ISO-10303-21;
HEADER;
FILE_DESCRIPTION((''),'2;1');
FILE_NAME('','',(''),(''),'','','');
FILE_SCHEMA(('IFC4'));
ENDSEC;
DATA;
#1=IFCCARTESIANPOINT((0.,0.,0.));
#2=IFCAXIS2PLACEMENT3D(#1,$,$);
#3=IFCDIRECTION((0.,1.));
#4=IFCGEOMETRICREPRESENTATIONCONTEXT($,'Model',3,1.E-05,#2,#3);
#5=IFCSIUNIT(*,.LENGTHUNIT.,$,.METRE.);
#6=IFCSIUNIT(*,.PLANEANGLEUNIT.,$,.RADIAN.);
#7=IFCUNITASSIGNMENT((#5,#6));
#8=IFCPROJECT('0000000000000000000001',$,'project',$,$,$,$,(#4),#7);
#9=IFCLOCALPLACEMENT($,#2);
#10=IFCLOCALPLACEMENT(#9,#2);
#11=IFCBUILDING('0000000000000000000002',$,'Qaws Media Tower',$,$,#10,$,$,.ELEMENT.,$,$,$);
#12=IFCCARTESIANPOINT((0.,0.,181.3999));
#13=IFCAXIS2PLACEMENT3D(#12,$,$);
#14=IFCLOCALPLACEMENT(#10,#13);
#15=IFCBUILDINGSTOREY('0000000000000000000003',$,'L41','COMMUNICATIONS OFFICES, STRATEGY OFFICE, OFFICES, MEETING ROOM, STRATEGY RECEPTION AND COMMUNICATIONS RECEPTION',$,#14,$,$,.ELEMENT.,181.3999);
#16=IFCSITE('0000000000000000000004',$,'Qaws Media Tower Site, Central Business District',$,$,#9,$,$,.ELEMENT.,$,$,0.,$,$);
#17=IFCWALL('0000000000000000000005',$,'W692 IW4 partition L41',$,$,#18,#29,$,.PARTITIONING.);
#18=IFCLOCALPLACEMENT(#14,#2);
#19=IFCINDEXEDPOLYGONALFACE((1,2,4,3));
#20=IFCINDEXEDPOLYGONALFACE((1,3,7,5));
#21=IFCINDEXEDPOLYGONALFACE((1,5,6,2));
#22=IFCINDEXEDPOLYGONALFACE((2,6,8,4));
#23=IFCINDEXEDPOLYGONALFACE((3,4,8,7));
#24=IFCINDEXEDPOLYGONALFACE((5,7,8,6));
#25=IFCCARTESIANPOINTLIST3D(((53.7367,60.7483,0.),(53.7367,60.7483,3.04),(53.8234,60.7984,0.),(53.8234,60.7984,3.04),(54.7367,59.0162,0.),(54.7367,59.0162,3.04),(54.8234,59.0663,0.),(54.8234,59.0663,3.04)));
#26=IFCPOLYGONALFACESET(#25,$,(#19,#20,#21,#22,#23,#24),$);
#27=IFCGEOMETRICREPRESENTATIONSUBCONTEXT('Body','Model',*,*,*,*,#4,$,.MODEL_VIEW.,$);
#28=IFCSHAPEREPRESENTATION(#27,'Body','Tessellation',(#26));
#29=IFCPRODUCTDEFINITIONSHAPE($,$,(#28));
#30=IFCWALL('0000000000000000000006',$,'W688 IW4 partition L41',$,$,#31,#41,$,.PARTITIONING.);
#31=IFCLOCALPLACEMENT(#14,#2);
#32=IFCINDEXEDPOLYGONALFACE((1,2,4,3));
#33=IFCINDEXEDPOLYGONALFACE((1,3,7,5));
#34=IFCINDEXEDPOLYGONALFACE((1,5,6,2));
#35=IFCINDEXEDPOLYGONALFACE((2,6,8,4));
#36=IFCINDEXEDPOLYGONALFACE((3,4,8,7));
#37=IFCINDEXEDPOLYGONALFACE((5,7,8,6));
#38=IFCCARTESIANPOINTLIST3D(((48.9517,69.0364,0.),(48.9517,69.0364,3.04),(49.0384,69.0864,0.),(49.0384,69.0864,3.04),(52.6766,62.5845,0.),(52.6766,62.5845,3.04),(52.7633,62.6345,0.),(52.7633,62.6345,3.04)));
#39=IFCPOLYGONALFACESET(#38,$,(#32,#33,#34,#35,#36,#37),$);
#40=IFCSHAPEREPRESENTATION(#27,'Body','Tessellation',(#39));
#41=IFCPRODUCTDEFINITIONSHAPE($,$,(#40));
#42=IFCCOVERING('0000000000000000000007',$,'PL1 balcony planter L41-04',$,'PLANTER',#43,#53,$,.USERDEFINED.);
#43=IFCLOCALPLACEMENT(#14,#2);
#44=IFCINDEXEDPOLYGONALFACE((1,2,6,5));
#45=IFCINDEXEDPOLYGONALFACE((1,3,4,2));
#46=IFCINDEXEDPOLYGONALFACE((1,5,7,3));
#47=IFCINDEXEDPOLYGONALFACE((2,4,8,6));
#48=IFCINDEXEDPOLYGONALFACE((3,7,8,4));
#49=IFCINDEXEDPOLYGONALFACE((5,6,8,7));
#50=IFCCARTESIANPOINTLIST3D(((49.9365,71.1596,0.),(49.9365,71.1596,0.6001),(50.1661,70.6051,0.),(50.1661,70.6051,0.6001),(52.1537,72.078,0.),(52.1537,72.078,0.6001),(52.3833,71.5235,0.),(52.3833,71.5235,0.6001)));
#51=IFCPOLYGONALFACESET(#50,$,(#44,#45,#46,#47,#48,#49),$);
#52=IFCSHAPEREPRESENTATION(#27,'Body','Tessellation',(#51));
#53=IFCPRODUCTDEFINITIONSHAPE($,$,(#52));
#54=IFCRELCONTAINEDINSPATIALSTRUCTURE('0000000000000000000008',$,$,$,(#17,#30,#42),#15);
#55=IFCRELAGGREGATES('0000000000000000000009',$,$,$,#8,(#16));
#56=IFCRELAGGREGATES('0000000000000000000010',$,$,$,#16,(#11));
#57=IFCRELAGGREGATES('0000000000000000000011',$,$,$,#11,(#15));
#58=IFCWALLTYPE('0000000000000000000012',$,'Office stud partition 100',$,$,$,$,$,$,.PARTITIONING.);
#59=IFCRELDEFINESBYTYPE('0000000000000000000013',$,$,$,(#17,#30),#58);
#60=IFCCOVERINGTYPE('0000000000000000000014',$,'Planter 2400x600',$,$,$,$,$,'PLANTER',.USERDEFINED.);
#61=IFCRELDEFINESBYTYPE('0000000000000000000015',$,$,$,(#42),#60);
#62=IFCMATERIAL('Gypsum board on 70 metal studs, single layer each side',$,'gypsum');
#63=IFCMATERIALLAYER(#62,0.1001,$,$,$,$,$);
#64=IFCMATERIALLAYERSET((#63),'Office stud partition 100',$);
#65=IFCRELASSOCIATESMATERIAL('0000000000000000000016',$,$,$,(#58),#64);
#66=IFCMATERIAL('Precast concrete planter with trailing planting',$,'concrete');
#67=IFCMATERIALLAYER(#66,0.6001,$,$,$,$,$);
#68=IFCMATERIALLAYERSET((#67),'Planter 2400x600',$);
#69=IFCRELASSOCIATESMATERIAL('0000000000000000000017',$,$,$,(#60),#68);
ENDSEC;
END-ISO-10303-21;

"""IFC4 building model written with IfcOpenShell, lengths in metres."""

from ifc_helpers import new_model, si_unit, direction, frame, frame_2d, origin, origin_2d, place, context, subcontext, project, spatial, rectangle, extrude, material, layer, layer_set, type_object, element, save


model = new_model("IFC4")

# Units and contexts
model_context = context("Model", 3, precision=1e-05, world=origin(), true_north=direction((0.0, 1.0)))
body_context = subcontext(model_context, "Body", "Model", "MODEL_VIEW")
ifc_project = project(units=[si_unit("LENGTHUNIT", "METRE"), si_unit("PLANEANGLEUNIT", "RADIAN")], contexts=[model_context])

# Site, building, storey
site_placement = place(None, origin())
site = spatial("IfcSite", under=ifc_project, at=site_placement, Name="Qaws Media Tower Site, Central Business District", CompositionType="ELEMENT", RefElevation=0.0)
building_placement = place(site_placement, origin())
building = spatial("IfcBuilding", under=site, at=building_placement, Name="Qaws Media Tower", CompositionType="ELEMENT")
storey_placement = place(building_placement, frame((0.0, 0.0, 181.3999)))
storey = spatial("IfcBuildingStorey", under=building, at=storey_placement, Name="L41", Description="COMMUNICATIONS OFFICES, STRATEGY OFFICE, OFFICES, MEETING ROOM, STRATEGY RECEPTION AND COMMUNICATIONS RECEPTION", CompositionType="ELEMENT", Elevation=181.3999)

# Walls
ifc_material_1 = material(Name="Gypsum board on 70 metal studs, single layer each side", Category="gypsum")
ifc_layer_1 = layer(ifc_material_1, 0.1001)
ifc_layer_set_1 = layer_set([ifc_layer_1], Name="Office stud partition 100")
wall_type_1 = type_object("IfcWallType", Name="Office stud partition 100", PredefinedType="PARTITIONING", material=ifc_layer_set_1)
wall_1_placement = place(storey_placement, frame((54.78, 59.0413, 0.0), z_axis=(0.0, 0.0, 1.0), x_axis=(-0.499973, 0.866041, 0.0)))
element("IfcWall", 1, at=wall_1_placement, inside=storey, type_object=wall_type_1, Name="W692 IW4 partition L41", PredefinedType="PARTITIONING", context=body_context, shape_type="SweptSolid", body=[
    extrude(rectangle(XDim=2.0, YDim=0.1001, at=frame_2d((1.0, 0.0))), origin(), (0.0, 0.0, 1.0), 3.04),
])
wall_2_placement = place(storey_placement, frame((52.72, 62.6094, 0.0), z_axis=(0.0, 0.0, 1.0), x_axis=(-0.499984, 0.866034, 0.0)))
element("IfcWall", 2, at=wall_2_placement, inside=storey, type_object=wall_type_1, Name="W688 IW4 partition L41", PredefinedType="PARTITIONING", context=body_context, shape_type="SweptSolid", body=[
    extrude(rectangle(XDim=7.45, YDim=0.1001, at=frame_2d((3.7251, 0.0))), origin(), (0.0, 0.0, 1.0), 3.04),
])

# Covering
ifc_material_2 = material(Name="Precast concrete planter with trailing planting", Category="concrete")
ifc_layer_2 = layer(ifc_material_2, 0.6001)
ifc_layer_set_2 = layer_set([ifc_layer_2], Name="Planter 2400x600")
covering_type = type_object("IfcCoveringType", Name="Planter 2400x600", ElementType="PLANTER", PredefinedType="USERDEFINED", material=ifc_layer_set_2)
covering_placement = place(storey_placement, frame((51.1599, 71.3416, 0.0), z_axis=(0.0, 0.0, 1.0), x_axis=(-0.92388, -0.382683, 0.0)))
element("IfcCovering", 3, at=covering_placement, inside=storey, type_object=covering_type, Name="PL1 balcony planter L41-04", ObjectType="PLANTER", PredefinedType="USERDEFINED", context=body_context, shape_type="SweptSolid", body=[
    extrude(rectangle(XDim=2.3999, YDim=0.6001, at=origin_2d()), origin(), (0.0, 0.0, 1.0), 0.6001),
])

save(model, "model.ifc")
